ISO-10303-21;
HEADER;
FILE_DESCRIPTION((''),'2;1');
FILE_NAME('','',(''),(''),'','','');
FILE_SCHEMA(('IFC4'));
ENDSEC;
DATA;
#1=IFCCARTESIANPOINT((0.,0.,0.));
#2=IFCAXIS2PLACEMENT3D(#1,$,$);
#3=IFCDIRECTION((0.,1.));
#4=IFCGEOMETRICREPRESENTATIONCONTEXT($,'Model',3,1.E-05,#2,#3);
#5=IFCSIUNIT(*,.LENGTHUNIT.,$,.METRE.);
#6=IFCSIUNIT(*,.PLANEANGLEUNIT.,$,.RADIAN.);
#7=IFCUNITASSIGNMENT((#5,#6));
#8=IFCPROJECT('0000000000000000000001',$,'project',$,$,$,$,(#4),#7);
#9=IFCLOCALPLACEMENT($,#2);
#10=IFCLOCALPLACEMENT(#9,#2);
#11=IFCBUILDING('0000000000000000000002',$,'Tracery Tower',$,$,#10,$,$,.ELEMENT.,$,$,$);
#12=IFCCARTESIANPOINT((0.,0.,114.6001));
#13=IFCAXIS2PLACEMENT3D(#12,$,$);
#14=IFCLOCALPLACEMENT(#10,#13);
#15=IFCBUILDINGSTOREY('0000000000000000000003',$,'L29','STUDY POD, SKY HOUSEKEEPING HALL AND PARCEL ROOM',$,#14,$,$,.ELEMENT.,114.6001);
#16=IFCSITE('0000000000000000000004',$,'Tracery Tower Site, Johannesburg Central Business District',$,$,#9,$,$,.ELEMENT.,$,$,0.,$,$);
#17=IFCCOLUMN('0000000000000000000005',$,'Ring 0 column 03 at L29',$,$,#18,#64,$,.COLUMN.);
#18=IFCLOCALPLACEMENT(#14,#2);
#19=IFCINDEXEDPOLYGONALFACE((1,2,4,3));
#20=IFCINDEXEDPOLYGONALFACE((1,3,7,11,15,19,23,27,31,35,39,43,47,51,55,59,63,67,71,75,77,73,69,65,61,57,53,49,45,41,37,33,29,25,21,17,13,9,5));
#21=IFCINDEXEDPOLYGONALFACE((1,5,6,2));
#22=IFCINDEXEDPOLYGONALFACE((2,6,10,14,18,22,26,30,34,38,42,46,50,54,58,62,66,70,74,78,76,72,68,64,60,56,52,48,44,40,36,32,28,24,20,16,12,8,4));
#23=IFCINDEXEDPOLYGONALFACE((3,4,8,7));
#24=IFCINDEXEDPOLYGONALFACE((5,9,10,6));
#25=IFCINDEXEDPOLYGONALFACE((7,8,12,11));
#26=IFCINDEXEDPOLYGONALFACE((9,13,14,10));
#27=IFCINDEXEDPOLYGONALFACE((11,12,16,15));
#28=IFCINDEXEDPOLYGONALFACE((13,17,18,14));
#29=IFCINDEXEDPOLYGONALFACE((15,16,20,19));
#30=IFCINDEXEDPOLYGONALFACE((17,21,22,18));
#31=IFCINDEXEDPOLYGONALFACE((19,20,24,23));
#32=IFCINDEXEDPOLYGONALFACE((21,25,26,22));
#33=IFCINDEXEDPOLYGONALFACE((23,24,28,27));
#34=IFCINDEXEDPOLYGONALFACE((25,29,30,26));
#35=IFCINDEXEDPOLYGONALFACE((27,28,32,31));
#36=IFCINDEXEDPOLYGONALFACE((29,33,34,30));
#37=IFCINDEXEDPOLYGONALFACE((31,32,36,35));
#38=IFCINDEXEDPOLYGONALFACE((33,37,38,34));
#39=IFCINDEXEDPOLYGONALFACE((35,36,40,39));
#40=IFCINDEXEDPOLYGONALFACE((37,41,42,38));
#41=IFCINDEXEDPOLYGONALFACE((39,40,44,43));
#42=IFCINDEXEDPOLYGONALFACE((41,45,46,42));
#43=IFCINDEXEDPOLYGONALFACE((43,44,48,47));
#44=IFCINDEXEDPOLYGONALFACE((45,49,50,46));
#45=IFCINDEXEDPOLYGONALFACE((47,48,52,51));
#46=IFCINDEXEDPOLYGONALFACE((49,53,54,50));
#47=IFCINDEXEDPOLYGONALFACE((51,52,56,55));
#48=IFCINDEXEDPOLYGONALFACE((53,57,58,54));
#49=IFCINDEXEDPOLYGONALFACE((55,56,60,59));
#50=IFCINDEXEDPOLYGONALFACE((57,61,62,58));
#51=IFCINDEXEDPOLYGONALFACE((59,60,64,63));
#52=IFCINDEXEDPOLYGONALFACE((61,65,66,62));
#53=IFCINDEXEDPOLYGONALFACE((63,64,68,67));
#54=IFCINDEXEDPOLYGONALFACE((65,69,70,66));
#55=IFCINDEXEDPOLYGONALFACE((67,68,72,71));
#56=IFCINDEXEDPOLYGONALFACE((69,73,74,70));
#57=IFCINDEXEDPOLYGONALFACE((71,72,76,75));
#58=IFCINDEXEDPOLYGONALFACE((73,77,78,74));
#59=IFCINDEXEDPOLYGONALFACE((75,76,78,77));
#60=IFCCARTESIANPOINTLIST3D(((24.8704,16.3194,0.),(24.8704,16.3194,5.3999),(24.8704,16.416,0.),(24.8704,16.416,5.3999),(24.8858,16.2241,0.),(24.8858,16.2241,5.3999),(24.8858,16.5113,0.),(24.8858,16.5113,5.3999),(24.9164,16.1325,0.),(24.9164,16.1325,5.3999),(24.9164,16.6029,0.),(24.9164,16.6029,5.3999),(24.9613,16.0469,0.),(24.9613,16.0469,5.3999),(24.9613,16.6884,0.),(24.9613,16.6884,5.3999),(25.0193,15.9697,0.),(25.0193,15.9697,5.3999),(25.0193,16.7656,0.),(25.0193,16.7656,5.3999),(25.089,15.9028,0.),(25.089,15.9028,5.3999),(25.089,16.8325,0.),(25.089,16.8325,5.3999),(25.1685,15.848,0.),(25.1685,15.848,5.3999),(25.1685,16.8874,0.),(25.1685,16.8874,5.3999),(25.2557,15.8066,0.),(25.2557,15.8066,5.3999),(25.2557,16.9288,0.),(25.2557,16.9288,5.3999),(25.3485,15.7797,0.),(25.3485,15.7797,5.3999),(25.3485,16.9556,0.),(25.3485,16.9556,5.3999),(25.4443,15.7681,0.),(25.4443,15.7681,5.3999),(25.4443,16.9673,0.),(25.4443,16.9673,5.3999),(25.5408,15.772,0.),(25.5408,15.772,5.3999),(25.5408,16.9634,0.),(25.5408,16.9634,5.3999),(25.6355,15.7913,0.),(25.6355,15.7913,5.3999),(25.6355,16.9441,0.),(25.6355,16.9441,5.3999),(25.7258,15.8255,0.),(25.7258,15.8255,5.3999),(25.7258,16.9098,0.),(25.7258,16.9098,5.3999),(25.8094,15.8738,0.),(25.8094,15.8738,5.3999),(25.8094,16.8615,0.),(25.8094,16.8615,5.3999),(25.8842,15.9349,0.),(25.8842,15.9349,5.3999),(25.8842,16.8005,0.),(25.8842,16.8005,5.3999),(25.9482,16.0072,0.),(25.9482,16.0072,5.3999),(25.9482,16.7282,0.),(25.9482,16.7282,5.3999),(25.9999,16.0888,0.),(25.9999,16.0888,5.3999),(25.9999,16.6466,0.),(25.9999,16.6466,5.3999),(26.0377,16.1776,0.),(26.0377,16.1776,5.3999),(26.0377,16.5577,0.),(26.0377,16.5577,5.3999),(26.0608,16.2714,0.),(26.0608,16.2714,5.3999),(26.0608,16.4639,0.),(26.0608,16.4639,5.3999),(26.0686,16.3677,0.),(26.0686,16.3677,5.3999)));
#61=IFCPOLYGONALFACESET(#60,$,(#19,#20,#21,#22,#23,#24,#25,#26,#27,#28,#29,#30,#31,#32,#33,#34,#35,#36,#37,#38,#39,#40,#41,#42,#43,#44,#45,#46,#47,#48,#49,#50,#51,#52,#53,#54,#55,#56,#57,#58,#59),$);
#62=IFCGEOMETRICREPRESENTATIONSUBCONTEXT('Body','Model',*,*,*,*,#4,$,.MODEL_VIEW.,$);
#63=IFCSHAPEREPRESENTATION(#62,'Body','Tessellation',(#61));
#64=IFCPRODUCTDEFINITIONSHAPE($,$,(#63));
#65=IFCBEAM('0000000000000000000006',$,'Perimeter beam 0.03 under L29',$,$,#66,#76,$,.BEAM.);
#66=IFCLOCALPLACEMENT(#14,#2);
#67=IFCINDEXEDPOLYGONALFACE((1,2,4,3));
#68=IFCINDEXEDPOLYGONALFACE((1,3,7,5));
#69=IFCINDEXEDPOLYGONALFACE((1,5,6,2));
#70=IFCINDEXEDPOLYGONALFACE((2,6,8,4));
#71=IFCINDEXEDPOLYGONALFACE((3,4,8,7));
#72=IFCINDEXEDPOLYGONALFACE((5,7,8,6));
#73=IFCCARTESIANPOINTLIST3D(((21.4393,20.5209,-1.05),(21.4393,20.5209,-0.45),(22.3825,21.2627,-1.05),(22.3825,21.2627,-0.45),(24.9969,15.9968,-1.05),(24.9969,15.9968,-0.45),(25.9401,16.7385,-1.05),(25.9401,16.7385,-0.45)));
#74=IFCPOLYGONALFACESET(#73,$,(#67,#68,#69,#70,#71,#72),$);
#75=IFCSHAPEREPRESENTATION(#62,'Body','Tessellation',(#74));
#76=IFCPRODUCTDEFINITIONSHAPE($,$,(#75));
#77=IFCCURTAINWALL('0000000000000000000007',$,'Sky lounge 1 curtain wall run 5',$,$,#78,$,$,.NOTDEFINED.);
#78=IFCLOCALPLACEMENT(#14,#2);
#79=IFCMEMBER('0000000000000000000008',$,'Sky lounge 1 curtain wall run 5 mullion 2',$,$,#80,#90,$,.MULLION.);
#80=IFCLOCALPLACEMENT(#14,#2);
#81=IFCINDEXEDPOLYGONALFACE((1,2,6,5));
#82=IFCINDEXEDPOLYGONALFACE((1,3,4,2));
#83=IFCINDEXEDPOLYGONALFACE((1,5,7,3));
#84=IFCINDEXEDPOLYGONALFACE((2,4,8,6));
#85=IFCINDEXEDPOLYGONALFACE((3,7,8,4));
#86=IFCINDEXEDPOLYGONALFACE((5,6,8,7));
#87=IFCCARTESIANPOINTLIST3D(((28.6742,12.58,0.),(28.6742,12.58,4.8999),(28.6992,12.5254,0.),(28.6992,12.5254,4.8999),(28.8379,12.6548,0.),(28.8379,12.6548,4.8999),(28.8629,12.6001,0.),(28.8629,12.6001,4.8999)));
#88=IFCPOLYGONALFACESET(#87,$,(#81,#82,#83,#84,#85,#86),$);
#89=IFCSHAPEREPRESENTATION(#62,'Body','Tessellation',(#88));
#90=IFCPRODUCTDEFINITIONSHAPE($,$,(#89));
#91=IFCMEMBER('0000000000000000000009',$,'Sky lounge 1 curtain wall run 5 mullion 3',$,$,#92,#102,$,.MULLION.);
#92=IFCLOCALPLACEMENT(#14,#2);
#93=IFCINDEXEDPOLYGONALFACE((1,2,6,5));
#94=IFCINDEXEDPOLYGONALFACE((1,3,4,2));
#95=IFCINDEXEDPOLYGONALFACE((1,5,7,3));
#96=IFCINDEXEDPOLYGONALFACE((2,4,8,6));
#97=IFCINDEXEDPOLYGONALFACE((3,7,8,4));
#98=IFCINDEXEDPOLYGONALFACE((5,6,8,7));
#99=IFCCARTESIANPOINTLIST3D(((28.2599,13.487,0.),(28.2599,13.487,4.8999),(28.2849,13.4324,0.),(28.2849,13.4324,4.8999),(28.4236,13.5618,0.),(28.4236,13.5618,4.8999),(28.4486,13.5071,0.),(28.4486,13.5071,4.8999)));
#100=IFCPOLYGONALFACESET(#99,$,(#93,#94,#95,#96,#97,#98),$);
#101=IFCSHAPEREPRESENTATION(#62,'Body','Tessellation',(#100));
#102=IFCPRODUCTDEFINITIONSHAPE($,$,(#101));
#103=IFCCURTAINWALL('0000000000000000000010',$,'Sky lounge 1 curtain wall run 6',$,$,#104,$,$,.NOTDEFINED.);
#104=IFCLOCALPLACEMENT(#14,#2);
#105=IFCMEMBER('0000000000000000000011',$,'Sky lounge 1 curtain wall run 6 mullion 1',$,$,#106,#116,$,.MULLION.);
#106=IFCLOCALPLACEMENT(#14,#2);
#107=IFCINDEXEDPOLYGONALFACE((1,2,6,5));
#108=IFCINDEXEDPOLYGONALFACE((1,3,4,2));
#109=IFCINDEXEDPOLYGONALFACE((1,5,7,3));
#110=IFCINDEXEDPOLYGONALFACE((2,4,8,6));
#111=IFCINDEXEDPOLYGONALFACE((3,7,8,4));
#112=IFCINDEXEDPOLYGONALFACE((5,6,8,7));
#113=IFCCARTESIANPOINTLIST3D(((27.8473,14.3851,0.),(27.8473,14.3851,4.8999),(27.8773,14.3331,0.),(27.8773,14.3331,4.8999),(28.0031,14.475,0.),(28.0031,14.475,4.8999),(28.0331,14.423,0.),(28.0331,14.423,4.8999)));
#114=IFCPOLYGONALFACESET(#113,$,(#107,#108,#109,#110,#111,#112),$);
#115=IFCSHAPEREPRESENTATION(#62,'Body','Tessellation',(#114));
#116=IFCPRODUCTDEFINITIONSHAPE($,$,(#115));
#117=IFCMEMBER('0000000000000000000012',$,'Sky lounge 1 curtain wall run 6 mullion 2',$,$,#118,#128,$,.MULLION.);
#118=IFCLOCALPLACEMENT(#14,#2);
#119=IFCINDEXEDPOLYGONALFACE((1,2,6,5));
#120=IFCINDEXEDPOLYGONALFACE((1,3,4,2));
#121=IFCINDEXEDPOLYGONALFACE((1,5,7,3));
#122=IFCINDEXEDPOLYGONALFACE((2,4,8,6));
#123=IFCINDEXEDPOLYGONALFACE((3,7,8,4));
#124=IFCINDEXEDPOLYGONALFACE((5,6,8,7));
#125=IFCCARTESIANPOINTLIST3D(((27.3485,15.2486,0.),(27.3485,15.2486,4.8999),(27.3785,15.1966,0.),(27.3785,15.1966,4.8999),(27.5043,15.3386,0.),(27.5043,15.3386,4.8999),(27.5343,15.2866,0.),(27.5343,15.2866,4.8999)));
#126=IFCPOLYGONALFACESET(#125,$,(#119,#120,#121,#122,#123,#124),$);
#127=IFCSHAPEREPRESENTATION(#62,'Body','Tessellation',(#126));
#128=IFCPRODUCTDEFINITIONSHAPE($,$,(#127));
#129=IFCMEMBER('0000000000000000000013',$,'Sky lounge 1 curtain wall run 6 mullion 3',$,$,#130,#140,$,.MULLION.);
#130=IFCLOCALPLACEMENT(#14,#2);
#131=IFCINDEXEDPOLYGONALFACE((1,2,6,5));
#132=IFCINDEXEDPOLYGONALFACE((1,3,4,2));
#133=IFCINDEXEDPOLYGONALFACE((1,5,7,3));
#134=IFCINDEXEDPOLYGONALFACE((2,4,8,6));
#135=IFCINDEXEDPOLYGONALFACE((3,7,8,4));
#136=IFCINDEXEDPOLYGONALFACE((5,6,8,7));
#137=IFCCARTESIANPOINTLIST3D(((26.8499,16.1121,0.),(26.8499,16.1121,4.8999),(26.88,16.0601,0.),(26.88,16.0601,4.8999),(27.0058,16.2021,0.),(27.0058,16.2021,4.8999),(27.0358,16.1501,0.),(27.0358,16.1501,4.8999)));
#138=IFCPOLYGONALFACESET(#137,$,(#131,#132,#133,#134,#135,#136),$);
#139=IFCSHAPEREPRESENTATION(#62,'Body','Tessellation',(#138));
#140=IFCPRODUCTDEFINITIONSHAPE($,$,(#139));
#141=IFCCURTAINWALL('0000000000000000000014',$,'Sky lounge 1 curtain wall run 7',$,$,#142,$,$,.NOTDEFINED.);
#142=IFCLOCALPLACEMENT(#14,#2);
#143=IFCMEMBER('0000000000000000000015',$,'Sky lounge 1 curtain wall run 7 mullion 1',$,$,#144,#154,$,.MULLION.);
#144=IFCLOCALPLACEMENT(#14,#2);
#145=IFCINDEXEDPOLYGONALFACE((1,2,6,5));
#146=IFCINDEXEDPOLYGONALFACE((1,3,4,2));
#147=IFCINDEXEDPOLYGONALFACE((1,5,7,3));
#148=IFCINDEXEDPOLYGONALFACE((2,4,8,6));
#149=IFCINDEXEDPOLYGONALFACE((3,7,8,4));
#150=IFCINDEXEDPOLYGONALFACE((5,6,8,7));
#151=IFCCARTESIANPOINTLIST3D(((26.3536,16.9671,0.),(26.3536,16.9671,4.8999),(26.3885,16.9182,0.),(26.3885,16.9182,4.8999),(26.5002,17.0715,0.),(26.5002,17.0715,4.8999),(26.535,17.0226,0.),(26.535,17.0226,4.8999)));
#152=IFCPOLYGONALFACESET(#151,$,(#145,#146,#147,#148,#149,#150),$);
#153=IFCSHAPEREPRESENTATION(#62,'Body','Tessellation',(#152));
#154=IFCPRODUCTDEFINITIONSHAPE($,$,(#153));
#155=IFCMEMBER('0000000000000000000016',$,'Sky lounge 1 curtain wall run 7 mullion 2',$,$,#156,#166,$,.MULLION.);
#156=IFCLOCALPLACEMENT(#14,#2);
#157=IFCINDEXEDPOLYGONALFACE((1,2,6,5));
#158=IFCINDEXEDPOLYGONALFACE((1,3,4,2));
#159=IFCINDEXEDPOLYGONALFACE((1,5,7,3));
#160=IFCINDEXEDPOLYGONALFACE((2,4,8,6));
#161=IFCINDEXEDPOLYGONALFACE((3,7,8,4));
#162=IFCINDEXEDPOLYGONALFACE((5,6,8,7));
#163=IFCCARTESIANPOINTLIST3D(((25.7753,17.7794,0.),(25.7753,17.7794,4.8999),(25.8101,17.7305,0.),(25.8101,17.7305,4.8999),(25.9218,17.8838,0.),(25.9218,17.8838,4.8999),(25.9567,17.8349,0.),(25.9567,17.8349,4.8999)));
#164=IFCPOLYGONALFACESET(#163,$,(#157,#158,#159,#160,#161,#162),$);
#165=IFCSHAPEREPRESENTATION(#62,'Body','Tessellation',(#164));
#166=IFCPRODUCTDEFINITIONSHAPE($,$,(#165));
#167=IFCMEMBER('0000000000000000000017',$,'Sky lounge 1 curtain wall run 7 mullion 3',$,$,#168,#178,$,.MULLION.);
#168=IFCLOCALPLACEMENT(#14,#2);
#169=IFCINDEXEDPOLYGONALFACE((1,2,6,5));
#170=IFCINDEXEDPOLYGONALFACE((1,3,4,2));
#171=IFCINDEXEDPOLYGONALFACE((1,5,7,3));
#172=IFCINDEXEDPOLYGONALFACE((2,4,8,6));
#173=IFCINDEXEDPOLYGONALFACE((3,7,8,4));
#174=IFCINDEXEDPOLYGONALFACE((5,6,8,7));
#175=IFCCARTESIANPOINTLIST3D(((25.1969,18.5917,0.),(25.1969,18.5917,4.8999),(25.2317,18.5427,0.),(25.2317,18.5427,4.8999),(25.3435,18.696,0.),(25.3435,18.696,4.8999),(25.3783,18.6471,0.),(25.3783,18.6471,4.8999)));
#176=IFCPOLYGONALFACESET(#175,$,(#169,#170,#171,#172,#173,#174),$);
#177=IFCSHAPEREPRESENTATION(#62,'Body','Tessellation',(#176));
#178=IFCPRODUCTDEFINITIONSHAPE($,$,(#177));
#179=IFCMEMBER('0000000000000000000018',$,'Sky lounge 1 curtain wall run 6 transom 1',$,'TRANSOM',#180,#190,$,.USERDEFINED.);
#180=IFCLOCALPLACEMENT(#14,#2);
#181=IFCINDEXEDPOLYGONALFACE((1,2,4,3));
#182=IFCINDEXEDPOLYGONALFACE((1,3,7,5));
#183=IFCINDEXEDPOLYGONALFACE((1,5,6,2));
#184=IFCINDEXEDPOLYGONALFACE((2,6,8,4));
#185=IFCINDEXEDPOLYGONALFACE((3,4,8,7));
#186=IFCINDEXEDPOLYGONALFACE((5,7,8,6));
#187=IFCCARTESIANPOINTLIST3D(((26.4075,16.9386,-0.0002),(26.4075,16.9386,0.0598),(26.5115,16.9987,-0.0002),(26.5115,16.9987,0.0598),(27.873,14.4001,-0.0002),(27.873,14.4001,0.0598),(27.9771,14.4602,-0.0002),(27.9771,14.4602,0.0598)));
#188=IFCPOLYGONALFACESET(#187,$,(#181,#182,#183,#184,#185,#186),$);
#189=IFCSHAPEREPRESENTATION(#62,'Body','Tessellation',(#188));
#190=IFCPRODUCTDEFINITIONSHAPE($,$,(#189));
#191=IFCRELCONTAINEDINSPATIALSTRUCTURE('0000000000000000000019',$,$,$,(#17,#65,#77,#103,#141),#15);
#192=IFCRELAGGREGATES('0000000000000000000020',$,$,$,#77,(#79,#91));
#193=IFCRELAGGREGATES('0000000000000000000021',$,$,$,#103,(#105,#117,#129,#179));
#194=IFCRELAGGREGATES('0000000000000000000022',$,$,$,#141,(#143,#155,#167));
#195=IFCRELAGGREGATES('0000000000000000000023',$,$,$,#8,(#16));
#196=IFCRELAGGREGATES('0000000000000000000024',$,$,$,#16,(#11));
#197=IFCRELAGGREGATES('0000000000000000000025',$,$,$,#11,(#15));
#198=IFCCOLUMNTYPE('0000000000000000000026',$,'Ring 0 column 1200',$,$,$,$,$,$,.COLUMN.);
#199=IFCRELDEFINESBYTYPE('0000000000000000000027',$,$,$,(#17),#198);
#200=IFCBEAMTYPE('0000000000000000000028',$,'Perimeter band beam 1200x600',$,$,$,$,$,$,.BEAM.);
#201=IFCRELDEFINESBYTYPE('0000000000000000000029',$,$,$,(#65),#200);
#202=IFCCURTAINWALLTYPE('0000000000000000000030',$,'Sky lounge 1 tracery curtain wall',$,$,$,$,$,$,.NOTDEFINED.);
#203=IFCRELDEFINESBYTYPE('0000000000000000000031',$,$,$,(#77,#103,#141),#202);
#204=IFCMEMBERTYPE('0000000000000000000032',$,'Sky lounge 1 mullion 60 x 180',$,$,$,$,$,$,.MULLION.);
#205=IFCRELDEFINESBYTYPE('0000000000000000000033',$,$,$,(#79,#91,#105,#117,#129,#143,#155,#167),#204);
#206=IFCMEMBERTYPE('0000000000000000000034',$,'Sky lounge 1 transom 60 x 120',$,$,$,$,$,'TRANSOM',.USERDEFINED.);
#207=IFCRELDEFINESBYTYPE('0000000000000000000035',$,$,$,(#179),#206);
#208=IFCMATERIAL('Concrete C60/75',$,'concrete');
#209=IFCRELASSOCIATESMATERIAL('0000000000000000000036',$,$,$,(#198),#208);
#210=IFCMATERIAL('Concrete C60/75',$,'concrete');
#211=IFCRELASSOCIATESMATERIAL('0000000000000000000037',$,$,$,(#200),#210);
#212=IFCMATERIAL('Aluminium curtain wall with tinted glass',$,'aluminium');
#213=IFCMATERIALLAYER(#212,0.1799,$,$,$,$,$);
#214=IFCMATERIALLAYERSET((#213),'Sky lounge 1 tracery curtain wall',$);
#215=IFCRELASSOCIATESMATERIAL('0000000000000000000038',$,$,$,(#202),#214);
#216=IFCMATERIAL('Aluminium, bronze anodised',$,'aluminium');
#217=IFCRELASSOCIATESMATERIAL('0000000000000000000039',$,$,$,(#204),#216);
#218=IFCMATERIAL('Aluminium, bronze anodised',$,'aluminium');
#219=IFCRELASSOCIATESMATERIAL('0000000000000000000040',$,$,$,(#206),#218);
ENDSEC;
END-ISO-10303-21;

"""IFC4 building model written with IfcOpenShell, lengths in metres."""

from ifc_helpers import new_model, si_unit, direction, frame, origin, origin_2d, place, context, subcontext, project, spatial, rectangle, circle, extrude, material, layer, layer_set, material_profile, profile_set, type_object, element, aggregate, save


model = new_model("IFC4")

# Units and contexts
model_context = context("Model", 3, precision=1e-05, world=origin(), true_north=direction((0.0, 1.0)))
body_context = subcontext(model_context, "Body", "Model", "MODEL_VIEW")
ifc_project = project(units=[si_unit("LENGTHUNIT", "METRE"), si_unit("PLANEANGLEUNIT", "RADIAN")], contexts=[model_context])

# Site, building, storey
site_placement = place(None, origin())
site = spatial("IfcSite", under=ifc_project, at=site_placement, Name="Tracery Tower Site, Johannesburg Central Business District", CompositionType="ELEMENT", RefElevation=0.0)
building_placement = place(site_placement, origin())
building = spatial("IfcBuilding", under=site, at=building_placement, Name="Tracery Tower", CompositionType="ELEMENT")
storey_placement = place(building_placement, frame((0.0, 0.0, 114.6001)))
storey = spatial("IfcBuildingStorey", under=building, at=storey_placement, Name="L29", Description="STUDY POD, SKY HOUSEKEEPING HALL AND PARCEL ROOM", CompositionType="ELEMENT", Elevation=114.6001)

# Column
ifc_material_1 = material(Name="Concrete C60/75", Category="concrete")
ifc_material_profile_1 = material_profile(ifc_material_1, circle(Radius=0.6001, at=origin_2d()), Name="RC D1200")
ifc_profile_set_1 = profile_set([ifc_material_profile_1], Name="Concrete C60/75")
column_type = type_object("IfcColumnType", Name="Ring 0 column 1200", PredefinedType="COLUMN", material=ifc_profile_set_1)
column_placement = place(storey_placement, frame((25.4685, 16.3677, 0.0), z_axis=(0.0, 0.0, 1.0), x_axis=(1.0, 0.0, 0.0)))
element("IfcColumn", 1, at=column_placement, inside=storey, type_object=column_type, Name="Ring 0 column 03 at L29", PredefinedType="COLUMN", context=body_context, shape_type="SweptSolid", body=[
    extrude(circle(Radius=0.6001, at=origin_2d()), origin(), (0.0, 0.0, 1.0), 5.3999),
])

# Beam
ifc_material_2 = material(Name="Concrete C60/75", Category="concrete")
ifc_material_profile_2 = material_profile(ifc_material_2, rectangle(XDim=1.2, YDim=0.6001, at=origin_2d()), Name="RC 1200x600")
ifc_profile_set_2 = profile_set([ifc_material_profile_2], Name="Concrete C60/75")
beam_type = type_object("IfcBeamType", Name="Perimeter band beam 1200x600", PredefinedType="BEAM", material=ifc_profile_set_2)
beam_placement = place(storey_placement, frame((25.4685, 16.3677, -0.75), z_axis=(-0.618134, 0.786072, 0.0), x_axis=(-0.786072, -0.618134, 0.0)))
element("IfcBeam", 2, at=beam_placement, inside=storey, type_object=beam_type, Name="Perimeter beam 0.03 under L29", PredefinedType="BEAM", context=body_context, shape_type="SweptSolid", body=[
    extrude(rectangle(XDim=1.2, YDim=0.6001, at=origin_2d()), origin(), (0.0, 0.0, 1.0), 5.7554),
])

# Curtain walls, members
ifc_material_3 = material(Name="Aluminium curtain wall with tinted glass", Category="aluminium")
ifc_layer_1 = layer(ifc_material_3, 0.1799)
ifc_layer_set_1 = layer_set([ifc_layer_1], Name="Sky lounge 1 tracery curtain wall")
curtain_wall_type = type_object("IfcCurtainWallType", Name="Sky lounge 1 tracery curtain wall", PredefinedType="NOTDEFINED", material=ifc_layer_set_1)
curtain_wall_1_placement = place(storey_placement, origin())
curtain_wall_1 = element("IfcCurtainWall", 3, at=curtain_wall_1_placement, inside=storey, type_object=curtain_wall_type, Name="Sky lounge 1 curtain wall run 5", PredefinedType="NOTDEFINED")
ifc_material_4 = material(Name="Aluminium, bronze anodised", Category="aluminium")
ifc_material_profile_3 = material_profile(ifc_material_4, rectangle(XDim=0.1799, YDim=0.0601, at=origin_2d()), Name="AL 60x180")
ifc_profile_set_3 = profile_set([ifc_material_profile_3], Name="Aluminium, bronze anodised")
member_type_1 = type_object("IfcMemberType", Name="Sky lounge 1 mullion 60 x 180", PredefinedType="MULLION", material=ifc_profile_set_3)
member_1_placement = place(storey_placement, frame((28.7686, 12.5901, 0.0), z_axis=(0.0, 0.0, 1.0), x_axis=(-0.909632, -0.415415, 0.0)))
member_1 = element("IfcMember", 4, at=member_1_placement, type_object=member_type_1, Name="Sky lounge 1 curtain wall run 5 mullion 2", PredefinedType="MULLION", context=body_context, shape_type="SweptSolid", body=[
    extrude(rectangle(XDim=0.1799, YDim=0.0601, at=origin_2d()), origin(), (0.0, 0.0, 1.0), 4.8999),
])
member_2_placement = place(storey_placement, frame((28.3542, 13.4971, 0.0), z_axis=(0.0, 0.0, 1.0), x_axis=(-0.909632, -0.415415, 0.0)))
member_2 = element("IfcMember", 5, at=member_2_placement, type_object=member_type_1, Name="Sky lounge 1 curtain wall run 5 mullion 3", PredefinedType="MULLION", context=body_context, shape_type="SweptSolid", body=[
    extrude(rectangle(XDim=0.1799, YDim=0.0601, at=origin_2d()), origin(), (0.0, 0.0, 1.0), 4.8999),
])
curtain_wall_2_placement = place(storey_placement, origin())
curtain_wall_2 = element("IfcCurtainWall", 6, at=curtain_wall_2_placement, inside=storey, type_object=curtain_wall_type, Name="Sky lounge 1 curtain wall run 6", PredefinedType="NOTDEFINED")
member_3_placement = place(storey_placement, frame((27.9402, 14.4041, 0.0), z_axis=(0.0, 0.0, 1.0), x_axis=(-0.866025, -0.5, 0.0)))
member_3 = element("IfcMember", 7, at=member_3_placement, type_object=member_type_1, Name="Sky lounge 1 curtain wall run 6 mullion 1", PredefinedType="MULLION", context=body_context, shape_type="SweptSolid", body=[
    extrude(rectangle(XDim=0.1799, YDim=0.0601, at=origin_2d()), origin(), (0.0, 0.0, 1.0), 4.8999),
])
member_4_placement = place(storey_placement, frame((27.4414, 15.2676, 0.0), z_axis=(0.0, 0.0, 1.0), x_axis=(-0.866025, -0.5, 0.0)))
member_4 = element("IfcMember", 8, at=member_4_placement, type_object=member_type_1, Name="Sky lounge 1 curtain wall run 6 mullion 2", PredefinedType="MULLION", context=body_context, shape_type="SweptSolid", body=[
    extrude(rectangle(XDim=0.1799, YDim=0.0601, at=origin_2d()), origin(), (0.0, 0.0, 1.0), 4.8999),
])
member_5_placement = place(storey_placement, frame((26.9429, 16.1311, 0.0), z_axis=(0.0, 0.0, 1.0), x_axis=(-0.866025, -0.5, 0.0)))
member_5 = element("IfcMember", 9, at=member_5_placement, type_object=member_type_1, Name="Sky lounge 1 curtain wall run 6 mullion 3", PredefinedType="MULLION", context=body_context, shape_type="SweptSolid", body=[
    extrude(rectangle(XDim=0.1799, YDim=0.0601, at=origin_2d()), origin(), (0.0, 0.0, 1.0), 4.8999),
])
curtain_wall_3_placement = place(storey_placement, origin())
curtain_wall_3 = element("IfcCurtainWall", 10, at=curtain_wall_3_placement, inside=storey, type_object=curtain_wall_type, Name="Sky lounge 1 curtain wall run 7", PredefinedType="NOTDEFINED")
member_6_placement = place(storey_placement, frame((26.4443, 16.9949, 0.0), z_axis=(0.0, 0.0, 1.0), x_axis=(-0.814576, -0.580057, 0.0)))
member_6 = element("IfcMember", 11, at=member_6_placement, type_object=member_type_1, Name="Sky lounge 1 curtain wall run 7 mullion 1", PredefinedType="MULLION", context=body_context, shape_type="SweptSolid", body=[
    extrude(rectangle(XDim=0.1799, YDim=0.0601, at=origin_2d()), origin(), (0.0, 0.0, 1.0), 4.8999),
])
member_7_placement = place(storey_placement, frame((25.866, 17.8071, 0.0), z_axis=(0.0, 0.0, 1.0), x_axis=(-0.814576, -0.580057, 0.0)))
member_7 = element("IfcMember", 12, at=member_7_placement, type_object=member_type_1, Name="Sky lounge 1 curtain wall run 7 mullion 2", PredefinedType="MULLION", context=body_context, shape_type="SweptSolid", body=[
    extrude(rectangle(XDim=0.1799, YDim=0.0601, at=origin_2d()), origin(), (0.0, 0.0, 1.0), 4.8999),
])
member_8_placement = place(storey_placement, frame((25.2876, 18.6194, 0.0), z_axis=(0.0, 0.0, 1.0), x_axis=(-0.814576, -0.580057, 0.0)))
member_8 = element("IfcMember", 13, at=member_8_placement, type_object=member_type_1, Name="Sky lounge 1 curtain wall run 7 mullion 3", PredefinedType="MULLION", context=body_context, shape_type="SweptSolid", body=[
    extrude(rectangle(XDim=0.1799, YDim=0.0601, at=origin_2d()), origin(), (0.0, 0.0, 1.0), 4.8999),
])

# Member
ifc_material_5 = material(Name="Aluminium, bronze anodised", Category="aluminium")
ifc_material_profile_4 = material_profile(ifc_material_5, rectangle(XDim=0.1201, YDim=0.0601, at=origin_2d()), Name="AL 60x120")
ifc_profile_set_4 = profile_set([ifc_material_profile_4], Name="Aluminium, bronze anodised")
member_type_2 = type_object("IfcMemberType", Name="Sky lounge 1 transom 60 x 120", ElementType="TRANSOM", PredefinedType="USERDEFINED", material=ifc_profile_set_4)
member_9_placement = place(storey_placement, frame((27.925, 14.4302, 0.0298), z_axis=(-0.499982, 0.866036, 0.0), x_axis=(-0.866036, -0.499982, 0.0)))
member_9 = element("IfcMember", 14, at=member_9_placement, type_object=member_type_2, Name="Sky lounge 1 curtain wall run 6 transom 1", ObjectType="TRANSOM", PredefinedType="USERDEFINED", context=body_context, shape_type="SweptSolid", body=[
    extrude(rectangle(XDim=0.1201, YDim=0.0601, at=origin_2d()), origin(), (0.0, 0.0, 1.0), 2.9312),
])

aggregate(curtain_wall_1, [member_1, member_2])
aggregate(curtain_wall_2, [member_3, member_4, member_5, member_9])
aggregate(curtain_wall_3, [member_6, member_7, member_8])

save(model, "model.ifc")
